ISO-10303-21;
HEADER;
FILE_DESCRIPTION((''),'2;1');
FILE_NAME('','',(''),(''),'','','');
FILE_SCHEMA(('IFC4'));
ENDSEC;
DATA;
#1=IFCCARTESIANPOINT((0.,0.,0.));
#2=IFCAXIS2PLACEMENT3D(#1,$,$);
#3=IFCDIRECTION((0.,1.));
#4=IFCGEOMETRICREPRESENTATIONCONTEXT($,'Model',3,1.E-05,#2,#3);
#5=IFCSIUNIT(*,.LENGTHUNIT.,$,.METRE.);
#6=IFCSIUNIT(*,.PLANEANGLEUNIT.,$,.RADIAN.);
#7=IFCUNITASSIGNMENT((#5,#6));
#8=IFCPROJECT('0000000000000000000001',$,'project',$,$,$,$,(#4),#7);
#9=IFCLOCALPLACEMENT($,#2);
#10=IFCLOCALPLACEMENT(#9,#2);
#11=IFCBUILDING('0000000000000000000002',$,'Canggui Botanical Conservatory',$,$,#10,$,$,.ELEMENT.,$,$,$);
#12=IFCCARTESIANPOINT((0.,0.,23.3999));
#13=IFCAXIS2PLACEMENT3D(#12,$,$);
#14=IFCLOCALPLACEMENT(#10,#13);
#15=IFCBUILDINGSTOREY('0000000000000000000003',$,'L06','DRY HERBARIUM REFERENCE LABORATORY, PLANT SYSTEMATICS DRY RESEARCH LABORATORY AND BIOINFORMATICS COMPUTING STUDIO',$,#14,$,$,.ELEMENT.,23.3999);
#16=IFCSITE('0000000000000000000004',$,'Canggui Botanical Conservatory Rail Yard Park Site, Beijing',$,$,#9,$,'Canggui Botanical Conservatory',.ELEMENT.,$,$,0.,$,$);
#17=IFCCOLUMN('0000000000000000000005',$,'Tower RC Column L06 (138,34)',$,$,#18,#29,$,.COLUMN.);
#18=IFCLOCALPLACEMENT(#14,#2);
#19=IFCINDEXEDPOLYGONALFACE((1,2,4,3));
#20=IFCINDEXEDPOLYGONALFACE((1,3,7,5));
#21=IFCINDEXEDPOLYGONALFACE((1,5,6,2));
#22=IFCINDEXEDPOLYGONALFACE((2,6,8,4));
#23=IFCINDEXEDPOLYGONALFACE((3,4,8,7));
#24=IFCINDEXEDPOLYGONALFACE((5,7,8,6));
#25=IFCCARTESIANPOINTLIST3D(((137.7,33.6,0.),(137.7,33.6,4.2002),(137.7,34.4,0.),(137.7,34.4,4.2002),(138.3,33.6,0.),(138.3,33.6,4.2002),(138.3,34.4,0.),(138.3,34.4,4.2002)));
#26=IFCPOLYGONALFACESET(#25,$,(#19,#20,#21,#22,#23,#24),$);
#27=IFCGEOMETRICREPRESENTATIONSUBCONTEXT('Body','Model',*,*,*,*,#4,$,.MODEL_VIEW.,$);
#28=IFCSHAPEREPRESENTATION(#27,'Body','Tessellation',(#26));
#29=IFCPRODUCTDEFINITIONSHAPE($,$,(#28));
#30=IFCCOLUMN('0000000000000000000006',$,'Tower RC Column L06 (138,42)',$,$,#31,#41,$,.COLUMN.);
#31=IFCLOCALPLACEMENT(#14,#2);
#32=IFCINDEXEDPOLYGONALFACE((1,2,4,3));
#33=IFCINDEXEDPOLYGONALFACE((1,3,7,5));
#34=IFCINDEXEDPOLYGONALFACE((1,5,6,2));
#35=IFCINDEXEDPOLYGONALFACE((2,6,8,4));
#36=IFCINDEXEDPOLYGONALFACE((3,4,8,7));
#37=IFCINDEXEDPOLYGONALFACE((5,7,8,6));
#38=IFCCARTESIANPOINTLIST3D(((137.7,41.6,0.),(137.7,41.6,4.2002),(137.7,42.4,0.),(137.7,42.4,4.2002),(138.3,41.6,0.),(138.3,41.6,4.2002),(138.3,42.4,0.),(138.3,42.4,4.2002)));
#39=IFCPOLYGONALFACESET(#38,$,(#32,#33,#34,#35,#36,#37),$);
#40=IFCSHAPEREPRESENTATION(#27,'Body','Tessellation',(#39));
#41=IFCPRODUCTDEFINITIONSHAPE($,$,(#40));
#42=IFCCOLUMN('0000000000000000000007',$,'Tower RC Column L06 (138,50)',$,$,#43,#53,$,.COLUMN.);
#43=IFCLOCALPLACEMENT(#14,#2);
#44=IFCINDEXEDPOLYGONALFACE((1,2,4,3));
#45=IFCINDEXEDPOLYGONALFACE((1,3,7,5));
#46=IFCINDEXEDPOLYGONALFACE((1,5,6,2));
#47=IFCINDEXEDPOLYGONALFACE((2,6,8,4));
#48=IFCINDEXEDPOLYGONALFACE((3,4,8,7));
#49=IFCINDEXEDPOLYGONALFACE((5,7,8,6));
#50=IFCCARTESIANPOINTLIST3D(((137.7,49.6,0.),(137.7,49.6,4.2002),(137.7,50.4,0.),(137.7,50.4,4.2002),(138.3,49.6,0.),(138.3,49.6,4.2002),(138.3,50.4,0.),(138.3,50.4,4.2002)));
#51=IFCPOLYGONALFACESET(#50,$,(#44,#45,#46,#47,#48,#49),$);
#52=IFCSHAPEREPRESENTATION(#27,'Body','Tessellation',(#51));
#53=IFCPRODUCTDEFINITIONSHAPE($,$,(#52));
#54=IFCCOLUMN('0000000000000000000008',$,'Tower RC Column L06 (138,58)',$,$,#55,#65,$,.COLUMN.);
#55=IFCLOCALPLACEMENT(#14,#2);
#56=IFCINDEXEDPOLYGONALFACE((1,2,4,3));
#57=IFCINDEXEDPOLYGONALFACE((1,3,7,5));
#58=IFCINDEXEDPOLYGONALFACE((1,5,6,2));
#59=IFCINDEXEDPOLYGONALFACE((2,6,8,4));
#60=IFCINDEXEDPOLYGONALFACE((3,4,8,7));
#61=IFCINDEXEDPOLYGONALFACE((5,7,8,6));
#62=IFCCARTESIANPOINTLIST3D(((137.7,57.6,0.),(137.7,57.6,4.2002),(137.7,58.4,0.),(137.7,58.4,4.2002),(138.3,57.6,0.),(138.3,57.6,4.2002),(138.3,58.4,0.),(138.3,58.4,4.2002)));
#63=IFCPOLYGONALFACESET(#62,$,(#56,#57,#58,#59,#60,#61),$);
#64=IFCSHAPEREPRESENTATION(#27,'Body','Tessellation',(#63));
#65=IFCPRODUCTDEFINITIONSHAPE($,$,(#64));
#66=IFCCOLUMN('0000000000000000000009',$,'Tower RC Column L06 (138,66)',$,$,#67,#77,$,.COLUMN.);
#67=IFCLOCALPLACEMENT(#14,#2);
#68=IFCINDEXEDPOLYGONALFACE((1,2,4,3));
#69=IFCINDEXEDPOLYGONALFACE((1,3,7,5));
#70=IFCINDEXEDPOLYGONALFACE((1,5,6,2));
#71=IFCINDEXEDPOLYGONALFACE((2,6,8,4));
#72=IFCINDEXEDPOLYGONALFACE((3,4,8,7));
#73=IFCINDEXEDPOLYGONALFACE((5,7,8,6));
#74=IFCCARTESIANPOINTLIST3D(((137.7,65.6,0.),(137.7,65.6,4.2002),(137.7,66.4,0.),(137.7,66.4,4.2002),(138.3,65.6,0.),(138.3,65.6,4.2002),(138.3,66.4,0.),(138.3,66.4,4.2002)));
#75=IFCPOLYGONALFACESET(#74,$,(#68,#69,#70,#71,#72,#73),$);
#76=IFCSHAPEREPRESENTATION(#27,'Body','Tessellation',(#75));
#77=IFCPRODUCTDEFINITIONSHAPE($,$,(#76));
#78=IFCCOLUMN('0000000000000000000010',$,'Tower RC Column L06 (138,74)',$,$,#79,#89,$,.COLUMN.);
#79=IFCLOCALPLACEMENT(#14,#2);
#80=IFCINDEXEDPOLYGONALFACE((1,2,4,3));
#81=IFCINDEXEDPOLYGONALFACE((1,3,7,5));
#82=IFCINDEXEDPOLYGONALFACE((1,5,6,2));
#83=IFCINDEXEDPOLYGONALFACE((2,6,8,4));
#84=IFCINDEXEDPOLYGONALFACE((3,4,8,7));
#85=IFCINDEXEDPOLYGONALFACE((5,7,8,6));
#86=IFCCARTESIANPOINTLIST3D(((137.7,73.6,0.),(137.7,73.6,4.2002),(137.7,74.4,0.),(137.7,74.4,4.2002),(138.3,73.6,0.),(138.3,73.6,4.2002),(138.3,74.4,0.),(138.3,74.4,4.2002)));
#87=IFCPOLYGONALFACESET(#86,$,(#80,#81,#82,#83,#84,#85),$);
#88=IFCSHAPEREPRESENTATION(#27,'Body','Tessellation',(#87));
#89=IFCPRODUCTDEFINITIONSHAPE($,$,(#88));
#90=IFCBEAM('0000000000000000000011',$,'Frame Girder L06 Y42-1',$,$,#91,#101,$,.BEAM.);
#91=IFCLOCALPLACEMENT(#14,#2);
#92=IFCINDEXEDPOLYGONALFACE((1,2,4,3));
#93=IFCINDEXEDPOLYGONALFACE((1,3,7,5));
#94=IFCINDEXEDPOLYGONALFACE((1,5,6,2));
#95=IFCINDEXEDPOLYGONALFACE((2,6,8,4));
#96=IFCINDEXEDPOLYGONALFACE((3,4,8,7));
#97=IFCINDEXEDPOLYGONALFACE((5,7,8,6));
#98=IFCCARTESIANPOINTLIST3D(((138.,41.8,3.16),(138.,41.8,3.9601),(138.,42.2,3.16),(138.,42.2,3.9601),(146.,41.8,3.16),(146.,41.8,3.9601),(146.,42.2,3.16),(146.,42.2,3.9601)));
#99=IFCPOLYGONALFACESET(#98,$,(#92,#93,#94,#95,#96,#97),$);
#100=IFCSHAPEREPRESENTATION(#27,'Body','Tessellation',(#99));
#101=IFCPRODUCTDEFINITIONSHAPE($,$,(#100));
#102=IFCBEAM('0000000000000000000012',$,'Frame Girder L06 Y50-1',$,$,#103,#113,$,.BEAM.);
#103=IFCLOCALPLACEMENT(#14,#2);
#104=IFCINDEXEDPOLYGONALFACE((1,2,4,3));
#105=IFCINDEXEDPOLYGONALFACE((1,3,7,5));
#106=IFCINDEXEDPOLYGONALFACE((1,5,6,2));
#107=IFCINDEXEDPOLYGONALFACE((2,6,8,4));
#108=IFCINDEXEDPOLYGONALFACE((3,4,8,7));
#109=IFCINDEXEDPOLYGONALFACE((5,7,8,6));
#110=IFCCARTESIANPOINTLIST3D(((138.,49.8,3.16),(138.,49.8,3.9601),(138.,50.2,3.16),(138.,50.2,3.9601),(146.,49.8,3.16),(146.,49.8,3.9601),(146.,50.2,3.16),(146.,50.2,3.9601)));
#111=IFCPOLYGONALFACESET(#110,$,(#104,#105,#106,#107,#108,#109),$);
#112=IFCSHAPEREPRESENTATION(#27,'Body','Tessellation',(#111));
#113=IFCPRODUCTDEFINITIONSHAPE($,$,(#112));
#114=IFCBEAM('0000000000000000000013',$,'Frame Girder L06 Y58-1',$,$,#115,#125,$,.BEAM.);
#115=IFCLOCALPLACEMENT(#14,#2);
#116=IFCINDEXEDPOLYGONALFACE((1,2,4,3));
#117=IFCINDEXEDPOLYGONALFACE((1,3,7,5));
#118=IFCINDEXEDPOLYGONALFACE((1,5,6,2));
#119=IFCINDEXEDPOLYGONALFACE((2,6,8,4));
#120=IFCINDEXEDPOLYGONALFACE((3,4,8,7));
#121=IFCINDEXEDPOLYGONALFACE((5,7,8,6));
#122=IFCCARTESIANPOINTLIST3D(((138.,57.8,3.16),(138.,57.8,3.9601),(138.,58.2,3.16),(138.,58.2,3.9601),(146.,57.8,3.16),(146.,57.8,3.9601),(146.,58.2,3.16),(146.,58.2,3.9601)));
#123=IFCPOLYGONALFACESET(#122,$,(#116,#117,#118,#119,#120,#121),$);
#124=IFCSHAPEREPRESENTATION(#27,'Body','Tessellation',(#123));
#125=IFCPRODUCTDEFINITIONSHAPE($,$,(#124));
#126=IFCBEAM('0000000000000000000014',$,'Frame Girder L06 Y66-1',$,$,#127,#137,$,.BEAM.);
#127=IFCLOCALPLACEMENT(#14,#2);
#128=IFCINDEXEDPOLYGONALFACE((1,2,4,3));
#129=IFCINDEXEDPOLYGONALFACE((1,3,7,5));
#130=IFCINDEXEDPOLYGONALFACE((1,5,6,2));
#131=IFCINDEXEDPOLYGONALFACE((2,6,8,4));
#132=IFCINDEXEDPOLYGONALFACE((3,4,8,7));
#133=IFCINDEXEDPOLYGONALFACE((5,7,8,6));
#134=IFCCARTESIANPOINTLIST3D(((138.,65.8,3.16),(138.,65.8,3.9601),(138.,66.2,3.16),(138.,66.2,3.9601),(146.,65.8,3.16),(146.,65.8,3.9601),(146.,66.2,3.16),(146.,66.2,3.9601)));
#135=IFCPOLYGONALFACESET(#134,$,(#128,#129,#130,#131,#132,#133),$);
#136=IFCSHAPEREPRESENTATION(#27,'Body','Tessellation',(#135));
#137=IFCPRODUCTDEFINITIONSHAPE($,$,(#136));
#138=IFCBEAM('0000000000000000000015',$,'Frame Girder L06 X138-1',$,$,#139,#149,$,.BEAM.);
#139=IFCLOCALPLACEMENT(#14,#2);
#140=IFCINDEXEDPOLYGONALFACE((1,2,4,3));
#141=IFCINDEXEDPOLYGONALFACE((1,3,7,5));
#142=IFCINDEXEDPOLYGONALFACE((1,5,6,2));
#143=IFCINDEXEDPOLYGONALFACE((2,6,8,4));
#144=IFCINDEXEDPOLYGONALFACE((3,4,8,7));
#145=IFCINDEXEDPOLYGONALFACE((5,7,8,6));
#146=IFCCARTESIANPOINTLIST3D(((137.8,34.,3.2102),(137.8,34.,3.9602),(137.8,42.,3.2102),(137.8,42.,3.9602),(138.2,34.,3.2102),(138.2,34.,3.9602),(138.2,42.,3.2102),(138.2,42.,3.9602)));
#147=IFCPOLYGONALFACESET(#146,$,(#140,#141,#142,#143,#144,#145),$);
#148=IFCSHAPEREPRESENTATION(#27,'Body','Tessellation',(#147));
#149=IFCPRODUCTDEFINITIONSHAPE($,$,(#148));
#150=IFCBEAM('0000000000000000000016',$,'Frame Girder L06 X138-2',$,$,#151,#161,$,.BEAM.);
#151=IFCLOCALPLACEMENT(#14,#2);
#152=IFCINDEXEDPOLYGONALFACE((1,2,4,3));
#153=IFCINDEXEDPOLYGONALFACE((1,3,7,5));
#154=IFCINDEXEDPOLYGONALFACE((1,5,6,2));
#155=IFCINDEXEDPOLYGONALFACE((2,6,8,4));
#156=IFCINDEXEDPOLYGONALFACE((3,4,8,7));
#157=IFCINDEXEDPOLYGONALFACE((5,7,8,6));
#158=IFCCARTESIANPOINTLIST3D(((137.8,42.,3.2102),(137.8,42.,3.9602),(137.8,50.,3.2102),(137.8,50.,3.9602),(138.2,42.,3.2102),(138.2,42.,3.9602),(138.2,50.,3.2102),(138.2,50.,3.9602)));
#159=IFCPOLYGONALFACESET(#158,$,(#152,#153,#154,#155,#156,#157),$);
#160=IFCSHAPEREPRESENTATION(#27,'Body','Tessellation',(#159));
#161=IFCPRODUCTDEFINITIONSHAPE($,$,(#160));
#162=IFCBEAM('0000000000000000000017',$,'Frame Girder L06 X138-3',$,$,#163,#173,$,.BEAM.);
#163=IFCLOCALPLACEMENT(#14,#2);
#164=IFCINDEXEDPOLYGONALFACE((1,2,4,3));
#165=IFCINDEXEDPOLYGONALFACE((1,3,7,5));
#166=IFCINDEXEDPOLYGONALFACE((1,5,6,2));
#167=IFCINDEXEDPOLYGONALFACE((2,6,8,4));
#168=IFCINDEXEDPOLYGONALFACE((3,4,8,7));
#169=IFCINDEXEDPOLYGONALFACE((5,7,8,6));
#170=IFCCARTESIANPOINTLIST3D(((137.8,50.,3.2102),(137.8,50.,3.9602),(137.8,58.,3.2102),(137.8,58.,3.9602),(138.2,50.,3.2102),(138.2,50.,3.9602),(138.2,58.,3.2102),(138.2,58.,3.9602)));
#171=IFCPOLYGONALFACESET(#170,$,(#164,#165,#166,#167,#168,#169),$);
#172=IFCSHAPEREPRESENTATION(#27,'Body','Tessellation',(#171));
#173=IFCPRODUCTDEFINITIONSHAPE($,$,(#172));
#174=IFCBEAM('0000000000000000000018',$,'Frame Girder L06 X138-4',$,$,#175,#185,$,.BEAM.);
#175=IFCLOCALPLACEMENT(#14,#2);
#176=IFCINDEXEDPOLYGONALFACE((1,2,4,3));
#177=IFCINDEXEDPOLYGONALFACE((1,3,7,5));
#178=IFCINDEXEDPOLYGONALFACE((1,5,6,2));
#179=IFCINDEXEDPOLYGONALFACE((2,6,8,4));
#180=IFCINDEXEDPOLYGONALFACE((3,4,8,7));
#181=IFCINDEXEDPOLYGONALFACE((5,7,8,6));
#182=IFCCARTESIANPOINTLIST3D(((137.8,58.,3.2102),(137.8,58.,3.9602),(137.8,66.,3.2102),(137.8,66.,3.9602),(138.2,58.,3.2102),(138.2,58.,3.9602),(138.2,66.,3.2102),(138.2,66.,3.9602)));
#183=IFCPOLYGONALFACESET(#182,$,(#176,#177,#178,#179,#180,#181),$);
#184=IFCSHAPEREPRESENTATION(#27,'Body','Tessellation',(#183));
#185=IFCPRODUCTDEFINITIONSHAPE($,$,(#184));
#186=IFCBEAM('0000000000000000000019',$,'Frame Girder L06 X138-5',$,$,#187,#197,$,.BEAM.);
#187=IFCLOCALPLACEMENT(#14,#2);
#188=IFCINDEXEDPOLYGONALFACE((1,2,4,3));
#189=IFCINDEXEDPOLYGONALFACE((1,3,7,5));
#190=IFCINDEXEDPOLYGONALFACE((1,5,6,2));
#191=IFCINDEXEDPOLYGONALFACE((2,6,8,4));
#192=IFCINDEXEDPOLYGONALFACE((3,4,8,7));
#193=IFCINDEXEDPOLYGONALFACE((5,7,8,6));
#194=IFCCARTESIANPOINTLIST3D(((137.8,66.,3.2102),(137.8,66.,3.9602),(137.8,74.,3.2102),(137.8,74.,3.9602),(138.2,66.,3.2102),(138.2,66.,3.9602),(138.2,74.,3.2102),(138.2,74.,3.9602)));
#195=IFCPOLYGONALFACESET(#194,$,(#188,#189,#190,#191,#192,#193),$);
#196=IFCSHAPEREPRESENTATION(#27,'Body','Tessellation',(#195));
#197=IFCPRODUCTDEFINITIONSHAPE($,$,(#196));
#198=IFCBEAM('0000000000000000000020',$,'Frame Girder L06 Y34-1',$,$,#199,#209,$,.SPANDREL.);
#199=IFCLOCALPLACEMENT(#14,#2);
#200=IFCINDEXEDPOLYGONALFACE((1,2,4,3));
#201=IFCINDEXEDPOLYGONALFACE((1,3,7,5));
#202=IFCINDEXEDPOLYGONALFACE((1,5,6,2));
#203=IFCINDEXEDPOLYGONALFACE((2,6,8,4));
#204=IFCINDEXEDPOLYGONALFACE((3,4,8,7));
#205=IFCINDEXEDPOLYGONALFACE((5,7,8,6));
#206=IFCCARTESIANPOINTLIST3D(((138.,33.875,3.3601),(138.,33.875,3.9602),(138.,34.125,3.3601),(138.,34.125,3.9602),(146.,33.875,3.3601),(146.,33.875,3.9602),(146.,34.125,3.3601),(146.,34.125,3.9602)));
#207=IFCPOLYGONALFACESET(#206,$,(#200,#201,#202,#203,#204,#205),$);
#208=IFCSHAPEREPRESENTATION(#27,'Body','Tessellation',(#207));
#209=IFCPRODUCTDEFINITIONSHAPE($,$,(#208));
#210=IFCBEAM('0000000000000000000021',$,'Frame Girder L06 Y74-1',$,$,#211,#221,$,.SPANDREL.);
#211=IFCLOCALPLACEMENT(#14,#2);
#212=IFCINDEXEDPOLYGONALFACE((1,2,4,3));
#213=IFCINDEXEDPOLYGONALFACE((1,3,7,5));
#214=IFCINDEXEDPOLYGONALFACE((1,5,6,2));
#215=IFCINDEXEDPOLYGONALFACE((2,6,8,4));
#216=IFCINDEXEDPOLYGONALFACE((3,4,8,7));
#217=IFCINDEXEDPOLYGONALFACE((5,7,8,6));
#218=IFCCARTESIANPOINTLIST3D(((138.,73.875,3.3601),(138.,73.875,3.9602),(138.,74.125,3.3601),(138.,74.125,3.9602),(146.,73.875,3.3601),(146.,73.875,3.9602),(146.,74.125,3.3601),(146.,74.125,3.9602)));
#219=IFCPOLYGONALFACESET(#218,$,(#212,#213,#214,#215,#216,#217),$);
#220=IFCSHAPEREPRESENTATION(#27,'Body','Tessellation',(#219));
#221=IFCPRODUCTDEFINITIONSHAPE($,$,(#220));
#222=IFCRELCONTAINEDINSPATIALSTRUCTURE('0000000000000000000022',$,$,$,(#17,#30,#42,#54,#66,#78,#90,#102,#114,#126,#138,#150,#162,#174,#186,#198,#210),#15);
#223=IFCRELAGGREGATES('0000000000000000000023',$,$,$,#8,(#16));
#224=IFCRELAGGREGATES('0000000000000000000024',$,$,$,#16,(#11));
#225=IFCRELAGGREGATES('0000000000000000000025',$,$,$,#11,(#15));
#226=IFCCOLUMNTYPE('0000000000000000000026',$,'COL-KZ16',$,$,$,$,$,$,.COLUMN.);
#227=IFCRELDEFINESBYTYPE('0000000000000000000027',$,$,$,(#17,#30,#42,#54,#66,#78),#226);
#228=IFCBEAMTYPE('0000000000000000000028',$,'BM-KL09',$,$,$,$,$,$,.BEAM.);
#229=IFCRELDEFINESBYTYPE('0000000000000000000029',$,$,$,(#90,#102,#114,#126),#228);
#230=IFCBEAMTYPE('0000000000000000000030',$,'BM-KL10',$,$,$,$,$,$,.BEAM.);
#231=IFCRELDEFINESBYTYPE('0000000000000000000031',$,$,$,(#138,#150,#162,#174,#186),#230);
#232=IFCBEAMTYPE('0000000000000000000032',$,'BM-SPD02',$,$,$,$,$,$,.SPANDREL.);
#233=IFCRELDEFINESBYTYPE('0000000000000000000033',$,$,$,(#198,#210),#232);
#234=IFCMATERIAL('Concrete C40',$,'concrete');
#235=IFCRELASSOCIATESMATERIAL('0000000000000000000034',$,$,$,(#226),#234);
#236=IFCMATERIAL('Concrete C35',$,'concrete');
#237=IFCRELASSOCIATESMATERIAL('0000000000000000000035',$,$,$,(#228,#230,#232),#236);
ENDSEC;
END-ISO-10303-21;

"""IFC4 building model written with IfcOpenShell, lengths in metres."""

from ifc_helpers import new_model, si_unit, direction, frame, origin, origin_2d, place, context, subcontext, project, spatial, rectangle, extrude, material, material_profile, profile_set, type_object, element, save


model = new_model("IFC4")

# Units and contexts
model_context = context("Model", 3, precision=1e-05, world=origin(), true_north=direction((0.0, 1.0)))
body_context = subcontext(model_context, "Body", "Model", "MODEL_VIEW")
ifc_project = project(units=[si_unit("LENGTHUNIT", "METRE"), si_unit("PLANEANGLEUNIT", "RADIAN")], contexts=[model_context])

# Site, building, storey
site_placement = place(None, origin())
site = spatial("IfcSite", under=ifc_project, at=site_placement, Name="Canggui Botanical Conservatory Rail Yard Park Site, Beijing", LongName="Canggui Botanical Conservatory", CompositionType="ELEMENT", RefElevation=0.0)
building_placement = place(site_placement, origin())
building = spatial("IfcBuilding", under=site, at=building_placement, Name="Canggui Botanical Conservatory", CompositionType="ELEMENT")
storey_placement = place(building_placement, frame((0.0, 0.0, 23.3999)))
storey = spatial("IfcBuildingStorey", under=building, at=storey_placement, Name="L06", Description="DRY HERBARIUM REFERENCE LABORATORY, PLANT SYSTEMATICS DRY RESEARCH LABORATORY AND BIOINFORMATICS COMPUTING STUDIO", CompositionType="ELEMENT", Elevation=23.3999)

# Columns
ifc_material_1 = material(Name="Concrete C40", Category="concrete")
ifc_material_profile_1 = material_profile(ifc_material_1, rectangle(XDim=0.6001, YDim=0.8, at=origin_2d()), Name="RC 600x800")
ifc_profile_set_1 = profile_set([ifc_material_profile_1], Name="Concrete C40")
column_type = type_object("IfcColumnType", Name="COL-KZ16", PredefinedType="COLUMN", material=ifc_profile_set_1)
for number, where, z_axis, x_axis, name in (
    (1, (138.0, 34.0, 0.0), (0.0, 0.0, 1.0), (1.0, 0.0, 0.0), "Tower RC Column L06 (138,34)"),
    (2, (138.0, 42.0, 0.0), (0.0, 0.0, 1.0), (1.0, 0.0, 0.0), "Tower RC Column L06 (138,42)"),
    (3, (138.0, 50.0, 0.0), (0.0, 0.0, 1.0), (1.0, 0.0, 0.0), "Tower RC Column L06 (138,50)"),
    (4, (138.0, 58.0, 0.0), (0.0, 0.0, 1.0), (1.0, 0.0, 0.0), "Tower RC Column L06 (138,58)"),
    (5, (138.0, 66.0, 0.0), (0.0, 0.0, 1.0), (1.0, 0.0, 0.0), "Tower RC Column L06 (138,66)"),
    (6, (138.0, 74.0, 0.0), (0.0, 0.0, 1.0), (1.0, 0.0, 0.0), "Tower RC Column L06 (138,74)"),
):
    element("IfcColumn", number, at=place(storey_placement, frame(where, z_axis=z_axis, x_axis=x_axis)), inside=storey, type_object=column_type, Name=name, PredefinedType="COLUMN", context=body_context, shape_type="SweptSolid", body=[
        extrude(rectangle(XDim=0.6001, YDim=0.8, at=origin_2d()), origin(), (0.0, 0.0, 1.0), 4.2002),
    ])

# Beams
ifc_material_2 = material(Name="Concrete C35", Category="concrete")
ifc_material_profile_2 = material_profile(ifc_material_2, rectangle(XDim=0.3999, YDim=0.8, at=origin_2d()), Name="RB 400x800")
ifc_profile_set_2 = profile_set([ifc_material_profile_2], Name="Concrete C35")
beam_type_1 = type_object("IfcBeamType", Name="BM-KL09", PredefinedType="BEAM", material=ifc_profile_set_2)
for number, where, z_axis, x_axis, name in (
    (7, (138.0, 42.0, 3.5601), (1.0, 0.0, 0.0), (0.0, 1.0, 0.0), "Frame Girder L06 Y42-1"),
    (8, (138.0, 50.0, 3.5601), (1.0, 0.0, 0.0), (0.0, 1.0, 0.0), "Frame Girder L06 Y50-1"),
    (9, (138.0, 58.0, 3.5601), (1.0, 0.0, 0.0), (0.0, 1.0, 0.0), "Frame Girder L06 Y58-1"),
    (10, (138.0, 66.0, 3.5601), (1.0, 0.0, 0.0), (0.0, 1.0, 0.0), "Frame Girder L06 Y66-1"),
):
    element("IfcBeam", number, at=place(storey_placement, frame(where, z_axis=z_axis, x_axis=x_axis)), inside=storey, type_object=beam_type_1, Name=name, PredefinedType="BEAM", context=body_context, shape_type="SweptSolid", body=[
        extrude(rectangle(XDim=0.3999, YDim=0.8, at=origin_2d()), origin(), (0.0, 0.0, 1.0), 8.0),
    ])
ifc_material_profile_3 = material_profile(ifc_material_2, rectangle(XDim=0.3999, YDim=0.75, at=origin_2d()), Name="RB 400x750")
ifc_profile_set_3 = profile_set([ifc_material_profile_3], Name="Concrete C35")
beam_type_2 = type_object("IfcBeamType", Name="BM-KL10", PredefinedType="BEAM", material=ifc_profile_set_3)
for number, where, z_axis, x_axis, name in (
    (11, (138.0, 34.0, 3.5852), (0.0, 1.0, 0.0), (-1.0, 0.0, 0.0), "Frame Girder L06 X138-1"),
    (12, (138.0, 42.0, 3.5852), (0.0, 1.0, 0.0), (-1.0, 0.0, 0.0), "Frame Girder L06 X138-2"),
    (13, (138.0, 50.0, 3.5852), (0.0, 1.0, 0.0), (-1.0, 0.0, 0.0), "Frame Girder L06 X138-3"),
    (14, (138.0, 58.0, 3.5852), (0.0, 1.0, 0.0), (-1.0, 0.0, 0.0), "Frame Girder L06 X138-4"),
    (15, (138.0, 66.0, 3.5852), (0.0, 1.0, 0.0), (-1.0, 0.0, 0.0), "Frame Girder L06 X138-5"),
):
    element("IfcBeam", number, at=place(storey_placement, frame(where, z_axis=z_axis, x_axis=x_axis)), inside=storey, type_object=beam_type_2, Name=name, PredefinedType="BEAM", context=body_context, shape_type="SweptSolid", body=[
        extrude(rectangle(XDim=0.3999, YDim=0.75, at=origin_2d()), origin(), (0.0, 0.0, 1.0), 8.0),
    ])
ifc_material_profile_4 = material_profile(ifc_material_2, rectangle(XDim=0.25, YDim=0.6001, at=origin_2d()), Name="RB 250x600")
ifc_profile_set_4 = profile_set([ifc_material_profile_4], Name="Concrete C35")
beam_type_3 = type_object("IfcBeamType", Name="BM-SPD02", PredefinedType="SPANDREL", material=ifc_profile_set_4)
for number, where, z_axis, x_axis, name in (
    (16, (138.0, 34.0, 3.6602), (1.0, 0.0, 0.0), (0.0, 1.0, 0.0), "Frame Girder L06 Y34-1"),
    (17, (138.0, 74.0, 3.6602), (1.0, 0.0, 0.0), (0.0, 1.0, 0.0), "Frame Girder L06 Y74-1"),
):
    element("IfcBeam", number, at=place(storey_placement, frame(where, z_axis=z_axis, x_axis=x_axis)), inside=storey, type_object=beam_type_3, Name=name, PredefinedType="SPANDREL", context=body_context, shape_type="SweptSolid", body=[
        extrude(rectangle(XDim=0.25, YDim=0.6001, at=origin_2d()), origin(), (0.0, 0.0, 1.0), 8.0),
    ])

save(model, "model.ifc")
